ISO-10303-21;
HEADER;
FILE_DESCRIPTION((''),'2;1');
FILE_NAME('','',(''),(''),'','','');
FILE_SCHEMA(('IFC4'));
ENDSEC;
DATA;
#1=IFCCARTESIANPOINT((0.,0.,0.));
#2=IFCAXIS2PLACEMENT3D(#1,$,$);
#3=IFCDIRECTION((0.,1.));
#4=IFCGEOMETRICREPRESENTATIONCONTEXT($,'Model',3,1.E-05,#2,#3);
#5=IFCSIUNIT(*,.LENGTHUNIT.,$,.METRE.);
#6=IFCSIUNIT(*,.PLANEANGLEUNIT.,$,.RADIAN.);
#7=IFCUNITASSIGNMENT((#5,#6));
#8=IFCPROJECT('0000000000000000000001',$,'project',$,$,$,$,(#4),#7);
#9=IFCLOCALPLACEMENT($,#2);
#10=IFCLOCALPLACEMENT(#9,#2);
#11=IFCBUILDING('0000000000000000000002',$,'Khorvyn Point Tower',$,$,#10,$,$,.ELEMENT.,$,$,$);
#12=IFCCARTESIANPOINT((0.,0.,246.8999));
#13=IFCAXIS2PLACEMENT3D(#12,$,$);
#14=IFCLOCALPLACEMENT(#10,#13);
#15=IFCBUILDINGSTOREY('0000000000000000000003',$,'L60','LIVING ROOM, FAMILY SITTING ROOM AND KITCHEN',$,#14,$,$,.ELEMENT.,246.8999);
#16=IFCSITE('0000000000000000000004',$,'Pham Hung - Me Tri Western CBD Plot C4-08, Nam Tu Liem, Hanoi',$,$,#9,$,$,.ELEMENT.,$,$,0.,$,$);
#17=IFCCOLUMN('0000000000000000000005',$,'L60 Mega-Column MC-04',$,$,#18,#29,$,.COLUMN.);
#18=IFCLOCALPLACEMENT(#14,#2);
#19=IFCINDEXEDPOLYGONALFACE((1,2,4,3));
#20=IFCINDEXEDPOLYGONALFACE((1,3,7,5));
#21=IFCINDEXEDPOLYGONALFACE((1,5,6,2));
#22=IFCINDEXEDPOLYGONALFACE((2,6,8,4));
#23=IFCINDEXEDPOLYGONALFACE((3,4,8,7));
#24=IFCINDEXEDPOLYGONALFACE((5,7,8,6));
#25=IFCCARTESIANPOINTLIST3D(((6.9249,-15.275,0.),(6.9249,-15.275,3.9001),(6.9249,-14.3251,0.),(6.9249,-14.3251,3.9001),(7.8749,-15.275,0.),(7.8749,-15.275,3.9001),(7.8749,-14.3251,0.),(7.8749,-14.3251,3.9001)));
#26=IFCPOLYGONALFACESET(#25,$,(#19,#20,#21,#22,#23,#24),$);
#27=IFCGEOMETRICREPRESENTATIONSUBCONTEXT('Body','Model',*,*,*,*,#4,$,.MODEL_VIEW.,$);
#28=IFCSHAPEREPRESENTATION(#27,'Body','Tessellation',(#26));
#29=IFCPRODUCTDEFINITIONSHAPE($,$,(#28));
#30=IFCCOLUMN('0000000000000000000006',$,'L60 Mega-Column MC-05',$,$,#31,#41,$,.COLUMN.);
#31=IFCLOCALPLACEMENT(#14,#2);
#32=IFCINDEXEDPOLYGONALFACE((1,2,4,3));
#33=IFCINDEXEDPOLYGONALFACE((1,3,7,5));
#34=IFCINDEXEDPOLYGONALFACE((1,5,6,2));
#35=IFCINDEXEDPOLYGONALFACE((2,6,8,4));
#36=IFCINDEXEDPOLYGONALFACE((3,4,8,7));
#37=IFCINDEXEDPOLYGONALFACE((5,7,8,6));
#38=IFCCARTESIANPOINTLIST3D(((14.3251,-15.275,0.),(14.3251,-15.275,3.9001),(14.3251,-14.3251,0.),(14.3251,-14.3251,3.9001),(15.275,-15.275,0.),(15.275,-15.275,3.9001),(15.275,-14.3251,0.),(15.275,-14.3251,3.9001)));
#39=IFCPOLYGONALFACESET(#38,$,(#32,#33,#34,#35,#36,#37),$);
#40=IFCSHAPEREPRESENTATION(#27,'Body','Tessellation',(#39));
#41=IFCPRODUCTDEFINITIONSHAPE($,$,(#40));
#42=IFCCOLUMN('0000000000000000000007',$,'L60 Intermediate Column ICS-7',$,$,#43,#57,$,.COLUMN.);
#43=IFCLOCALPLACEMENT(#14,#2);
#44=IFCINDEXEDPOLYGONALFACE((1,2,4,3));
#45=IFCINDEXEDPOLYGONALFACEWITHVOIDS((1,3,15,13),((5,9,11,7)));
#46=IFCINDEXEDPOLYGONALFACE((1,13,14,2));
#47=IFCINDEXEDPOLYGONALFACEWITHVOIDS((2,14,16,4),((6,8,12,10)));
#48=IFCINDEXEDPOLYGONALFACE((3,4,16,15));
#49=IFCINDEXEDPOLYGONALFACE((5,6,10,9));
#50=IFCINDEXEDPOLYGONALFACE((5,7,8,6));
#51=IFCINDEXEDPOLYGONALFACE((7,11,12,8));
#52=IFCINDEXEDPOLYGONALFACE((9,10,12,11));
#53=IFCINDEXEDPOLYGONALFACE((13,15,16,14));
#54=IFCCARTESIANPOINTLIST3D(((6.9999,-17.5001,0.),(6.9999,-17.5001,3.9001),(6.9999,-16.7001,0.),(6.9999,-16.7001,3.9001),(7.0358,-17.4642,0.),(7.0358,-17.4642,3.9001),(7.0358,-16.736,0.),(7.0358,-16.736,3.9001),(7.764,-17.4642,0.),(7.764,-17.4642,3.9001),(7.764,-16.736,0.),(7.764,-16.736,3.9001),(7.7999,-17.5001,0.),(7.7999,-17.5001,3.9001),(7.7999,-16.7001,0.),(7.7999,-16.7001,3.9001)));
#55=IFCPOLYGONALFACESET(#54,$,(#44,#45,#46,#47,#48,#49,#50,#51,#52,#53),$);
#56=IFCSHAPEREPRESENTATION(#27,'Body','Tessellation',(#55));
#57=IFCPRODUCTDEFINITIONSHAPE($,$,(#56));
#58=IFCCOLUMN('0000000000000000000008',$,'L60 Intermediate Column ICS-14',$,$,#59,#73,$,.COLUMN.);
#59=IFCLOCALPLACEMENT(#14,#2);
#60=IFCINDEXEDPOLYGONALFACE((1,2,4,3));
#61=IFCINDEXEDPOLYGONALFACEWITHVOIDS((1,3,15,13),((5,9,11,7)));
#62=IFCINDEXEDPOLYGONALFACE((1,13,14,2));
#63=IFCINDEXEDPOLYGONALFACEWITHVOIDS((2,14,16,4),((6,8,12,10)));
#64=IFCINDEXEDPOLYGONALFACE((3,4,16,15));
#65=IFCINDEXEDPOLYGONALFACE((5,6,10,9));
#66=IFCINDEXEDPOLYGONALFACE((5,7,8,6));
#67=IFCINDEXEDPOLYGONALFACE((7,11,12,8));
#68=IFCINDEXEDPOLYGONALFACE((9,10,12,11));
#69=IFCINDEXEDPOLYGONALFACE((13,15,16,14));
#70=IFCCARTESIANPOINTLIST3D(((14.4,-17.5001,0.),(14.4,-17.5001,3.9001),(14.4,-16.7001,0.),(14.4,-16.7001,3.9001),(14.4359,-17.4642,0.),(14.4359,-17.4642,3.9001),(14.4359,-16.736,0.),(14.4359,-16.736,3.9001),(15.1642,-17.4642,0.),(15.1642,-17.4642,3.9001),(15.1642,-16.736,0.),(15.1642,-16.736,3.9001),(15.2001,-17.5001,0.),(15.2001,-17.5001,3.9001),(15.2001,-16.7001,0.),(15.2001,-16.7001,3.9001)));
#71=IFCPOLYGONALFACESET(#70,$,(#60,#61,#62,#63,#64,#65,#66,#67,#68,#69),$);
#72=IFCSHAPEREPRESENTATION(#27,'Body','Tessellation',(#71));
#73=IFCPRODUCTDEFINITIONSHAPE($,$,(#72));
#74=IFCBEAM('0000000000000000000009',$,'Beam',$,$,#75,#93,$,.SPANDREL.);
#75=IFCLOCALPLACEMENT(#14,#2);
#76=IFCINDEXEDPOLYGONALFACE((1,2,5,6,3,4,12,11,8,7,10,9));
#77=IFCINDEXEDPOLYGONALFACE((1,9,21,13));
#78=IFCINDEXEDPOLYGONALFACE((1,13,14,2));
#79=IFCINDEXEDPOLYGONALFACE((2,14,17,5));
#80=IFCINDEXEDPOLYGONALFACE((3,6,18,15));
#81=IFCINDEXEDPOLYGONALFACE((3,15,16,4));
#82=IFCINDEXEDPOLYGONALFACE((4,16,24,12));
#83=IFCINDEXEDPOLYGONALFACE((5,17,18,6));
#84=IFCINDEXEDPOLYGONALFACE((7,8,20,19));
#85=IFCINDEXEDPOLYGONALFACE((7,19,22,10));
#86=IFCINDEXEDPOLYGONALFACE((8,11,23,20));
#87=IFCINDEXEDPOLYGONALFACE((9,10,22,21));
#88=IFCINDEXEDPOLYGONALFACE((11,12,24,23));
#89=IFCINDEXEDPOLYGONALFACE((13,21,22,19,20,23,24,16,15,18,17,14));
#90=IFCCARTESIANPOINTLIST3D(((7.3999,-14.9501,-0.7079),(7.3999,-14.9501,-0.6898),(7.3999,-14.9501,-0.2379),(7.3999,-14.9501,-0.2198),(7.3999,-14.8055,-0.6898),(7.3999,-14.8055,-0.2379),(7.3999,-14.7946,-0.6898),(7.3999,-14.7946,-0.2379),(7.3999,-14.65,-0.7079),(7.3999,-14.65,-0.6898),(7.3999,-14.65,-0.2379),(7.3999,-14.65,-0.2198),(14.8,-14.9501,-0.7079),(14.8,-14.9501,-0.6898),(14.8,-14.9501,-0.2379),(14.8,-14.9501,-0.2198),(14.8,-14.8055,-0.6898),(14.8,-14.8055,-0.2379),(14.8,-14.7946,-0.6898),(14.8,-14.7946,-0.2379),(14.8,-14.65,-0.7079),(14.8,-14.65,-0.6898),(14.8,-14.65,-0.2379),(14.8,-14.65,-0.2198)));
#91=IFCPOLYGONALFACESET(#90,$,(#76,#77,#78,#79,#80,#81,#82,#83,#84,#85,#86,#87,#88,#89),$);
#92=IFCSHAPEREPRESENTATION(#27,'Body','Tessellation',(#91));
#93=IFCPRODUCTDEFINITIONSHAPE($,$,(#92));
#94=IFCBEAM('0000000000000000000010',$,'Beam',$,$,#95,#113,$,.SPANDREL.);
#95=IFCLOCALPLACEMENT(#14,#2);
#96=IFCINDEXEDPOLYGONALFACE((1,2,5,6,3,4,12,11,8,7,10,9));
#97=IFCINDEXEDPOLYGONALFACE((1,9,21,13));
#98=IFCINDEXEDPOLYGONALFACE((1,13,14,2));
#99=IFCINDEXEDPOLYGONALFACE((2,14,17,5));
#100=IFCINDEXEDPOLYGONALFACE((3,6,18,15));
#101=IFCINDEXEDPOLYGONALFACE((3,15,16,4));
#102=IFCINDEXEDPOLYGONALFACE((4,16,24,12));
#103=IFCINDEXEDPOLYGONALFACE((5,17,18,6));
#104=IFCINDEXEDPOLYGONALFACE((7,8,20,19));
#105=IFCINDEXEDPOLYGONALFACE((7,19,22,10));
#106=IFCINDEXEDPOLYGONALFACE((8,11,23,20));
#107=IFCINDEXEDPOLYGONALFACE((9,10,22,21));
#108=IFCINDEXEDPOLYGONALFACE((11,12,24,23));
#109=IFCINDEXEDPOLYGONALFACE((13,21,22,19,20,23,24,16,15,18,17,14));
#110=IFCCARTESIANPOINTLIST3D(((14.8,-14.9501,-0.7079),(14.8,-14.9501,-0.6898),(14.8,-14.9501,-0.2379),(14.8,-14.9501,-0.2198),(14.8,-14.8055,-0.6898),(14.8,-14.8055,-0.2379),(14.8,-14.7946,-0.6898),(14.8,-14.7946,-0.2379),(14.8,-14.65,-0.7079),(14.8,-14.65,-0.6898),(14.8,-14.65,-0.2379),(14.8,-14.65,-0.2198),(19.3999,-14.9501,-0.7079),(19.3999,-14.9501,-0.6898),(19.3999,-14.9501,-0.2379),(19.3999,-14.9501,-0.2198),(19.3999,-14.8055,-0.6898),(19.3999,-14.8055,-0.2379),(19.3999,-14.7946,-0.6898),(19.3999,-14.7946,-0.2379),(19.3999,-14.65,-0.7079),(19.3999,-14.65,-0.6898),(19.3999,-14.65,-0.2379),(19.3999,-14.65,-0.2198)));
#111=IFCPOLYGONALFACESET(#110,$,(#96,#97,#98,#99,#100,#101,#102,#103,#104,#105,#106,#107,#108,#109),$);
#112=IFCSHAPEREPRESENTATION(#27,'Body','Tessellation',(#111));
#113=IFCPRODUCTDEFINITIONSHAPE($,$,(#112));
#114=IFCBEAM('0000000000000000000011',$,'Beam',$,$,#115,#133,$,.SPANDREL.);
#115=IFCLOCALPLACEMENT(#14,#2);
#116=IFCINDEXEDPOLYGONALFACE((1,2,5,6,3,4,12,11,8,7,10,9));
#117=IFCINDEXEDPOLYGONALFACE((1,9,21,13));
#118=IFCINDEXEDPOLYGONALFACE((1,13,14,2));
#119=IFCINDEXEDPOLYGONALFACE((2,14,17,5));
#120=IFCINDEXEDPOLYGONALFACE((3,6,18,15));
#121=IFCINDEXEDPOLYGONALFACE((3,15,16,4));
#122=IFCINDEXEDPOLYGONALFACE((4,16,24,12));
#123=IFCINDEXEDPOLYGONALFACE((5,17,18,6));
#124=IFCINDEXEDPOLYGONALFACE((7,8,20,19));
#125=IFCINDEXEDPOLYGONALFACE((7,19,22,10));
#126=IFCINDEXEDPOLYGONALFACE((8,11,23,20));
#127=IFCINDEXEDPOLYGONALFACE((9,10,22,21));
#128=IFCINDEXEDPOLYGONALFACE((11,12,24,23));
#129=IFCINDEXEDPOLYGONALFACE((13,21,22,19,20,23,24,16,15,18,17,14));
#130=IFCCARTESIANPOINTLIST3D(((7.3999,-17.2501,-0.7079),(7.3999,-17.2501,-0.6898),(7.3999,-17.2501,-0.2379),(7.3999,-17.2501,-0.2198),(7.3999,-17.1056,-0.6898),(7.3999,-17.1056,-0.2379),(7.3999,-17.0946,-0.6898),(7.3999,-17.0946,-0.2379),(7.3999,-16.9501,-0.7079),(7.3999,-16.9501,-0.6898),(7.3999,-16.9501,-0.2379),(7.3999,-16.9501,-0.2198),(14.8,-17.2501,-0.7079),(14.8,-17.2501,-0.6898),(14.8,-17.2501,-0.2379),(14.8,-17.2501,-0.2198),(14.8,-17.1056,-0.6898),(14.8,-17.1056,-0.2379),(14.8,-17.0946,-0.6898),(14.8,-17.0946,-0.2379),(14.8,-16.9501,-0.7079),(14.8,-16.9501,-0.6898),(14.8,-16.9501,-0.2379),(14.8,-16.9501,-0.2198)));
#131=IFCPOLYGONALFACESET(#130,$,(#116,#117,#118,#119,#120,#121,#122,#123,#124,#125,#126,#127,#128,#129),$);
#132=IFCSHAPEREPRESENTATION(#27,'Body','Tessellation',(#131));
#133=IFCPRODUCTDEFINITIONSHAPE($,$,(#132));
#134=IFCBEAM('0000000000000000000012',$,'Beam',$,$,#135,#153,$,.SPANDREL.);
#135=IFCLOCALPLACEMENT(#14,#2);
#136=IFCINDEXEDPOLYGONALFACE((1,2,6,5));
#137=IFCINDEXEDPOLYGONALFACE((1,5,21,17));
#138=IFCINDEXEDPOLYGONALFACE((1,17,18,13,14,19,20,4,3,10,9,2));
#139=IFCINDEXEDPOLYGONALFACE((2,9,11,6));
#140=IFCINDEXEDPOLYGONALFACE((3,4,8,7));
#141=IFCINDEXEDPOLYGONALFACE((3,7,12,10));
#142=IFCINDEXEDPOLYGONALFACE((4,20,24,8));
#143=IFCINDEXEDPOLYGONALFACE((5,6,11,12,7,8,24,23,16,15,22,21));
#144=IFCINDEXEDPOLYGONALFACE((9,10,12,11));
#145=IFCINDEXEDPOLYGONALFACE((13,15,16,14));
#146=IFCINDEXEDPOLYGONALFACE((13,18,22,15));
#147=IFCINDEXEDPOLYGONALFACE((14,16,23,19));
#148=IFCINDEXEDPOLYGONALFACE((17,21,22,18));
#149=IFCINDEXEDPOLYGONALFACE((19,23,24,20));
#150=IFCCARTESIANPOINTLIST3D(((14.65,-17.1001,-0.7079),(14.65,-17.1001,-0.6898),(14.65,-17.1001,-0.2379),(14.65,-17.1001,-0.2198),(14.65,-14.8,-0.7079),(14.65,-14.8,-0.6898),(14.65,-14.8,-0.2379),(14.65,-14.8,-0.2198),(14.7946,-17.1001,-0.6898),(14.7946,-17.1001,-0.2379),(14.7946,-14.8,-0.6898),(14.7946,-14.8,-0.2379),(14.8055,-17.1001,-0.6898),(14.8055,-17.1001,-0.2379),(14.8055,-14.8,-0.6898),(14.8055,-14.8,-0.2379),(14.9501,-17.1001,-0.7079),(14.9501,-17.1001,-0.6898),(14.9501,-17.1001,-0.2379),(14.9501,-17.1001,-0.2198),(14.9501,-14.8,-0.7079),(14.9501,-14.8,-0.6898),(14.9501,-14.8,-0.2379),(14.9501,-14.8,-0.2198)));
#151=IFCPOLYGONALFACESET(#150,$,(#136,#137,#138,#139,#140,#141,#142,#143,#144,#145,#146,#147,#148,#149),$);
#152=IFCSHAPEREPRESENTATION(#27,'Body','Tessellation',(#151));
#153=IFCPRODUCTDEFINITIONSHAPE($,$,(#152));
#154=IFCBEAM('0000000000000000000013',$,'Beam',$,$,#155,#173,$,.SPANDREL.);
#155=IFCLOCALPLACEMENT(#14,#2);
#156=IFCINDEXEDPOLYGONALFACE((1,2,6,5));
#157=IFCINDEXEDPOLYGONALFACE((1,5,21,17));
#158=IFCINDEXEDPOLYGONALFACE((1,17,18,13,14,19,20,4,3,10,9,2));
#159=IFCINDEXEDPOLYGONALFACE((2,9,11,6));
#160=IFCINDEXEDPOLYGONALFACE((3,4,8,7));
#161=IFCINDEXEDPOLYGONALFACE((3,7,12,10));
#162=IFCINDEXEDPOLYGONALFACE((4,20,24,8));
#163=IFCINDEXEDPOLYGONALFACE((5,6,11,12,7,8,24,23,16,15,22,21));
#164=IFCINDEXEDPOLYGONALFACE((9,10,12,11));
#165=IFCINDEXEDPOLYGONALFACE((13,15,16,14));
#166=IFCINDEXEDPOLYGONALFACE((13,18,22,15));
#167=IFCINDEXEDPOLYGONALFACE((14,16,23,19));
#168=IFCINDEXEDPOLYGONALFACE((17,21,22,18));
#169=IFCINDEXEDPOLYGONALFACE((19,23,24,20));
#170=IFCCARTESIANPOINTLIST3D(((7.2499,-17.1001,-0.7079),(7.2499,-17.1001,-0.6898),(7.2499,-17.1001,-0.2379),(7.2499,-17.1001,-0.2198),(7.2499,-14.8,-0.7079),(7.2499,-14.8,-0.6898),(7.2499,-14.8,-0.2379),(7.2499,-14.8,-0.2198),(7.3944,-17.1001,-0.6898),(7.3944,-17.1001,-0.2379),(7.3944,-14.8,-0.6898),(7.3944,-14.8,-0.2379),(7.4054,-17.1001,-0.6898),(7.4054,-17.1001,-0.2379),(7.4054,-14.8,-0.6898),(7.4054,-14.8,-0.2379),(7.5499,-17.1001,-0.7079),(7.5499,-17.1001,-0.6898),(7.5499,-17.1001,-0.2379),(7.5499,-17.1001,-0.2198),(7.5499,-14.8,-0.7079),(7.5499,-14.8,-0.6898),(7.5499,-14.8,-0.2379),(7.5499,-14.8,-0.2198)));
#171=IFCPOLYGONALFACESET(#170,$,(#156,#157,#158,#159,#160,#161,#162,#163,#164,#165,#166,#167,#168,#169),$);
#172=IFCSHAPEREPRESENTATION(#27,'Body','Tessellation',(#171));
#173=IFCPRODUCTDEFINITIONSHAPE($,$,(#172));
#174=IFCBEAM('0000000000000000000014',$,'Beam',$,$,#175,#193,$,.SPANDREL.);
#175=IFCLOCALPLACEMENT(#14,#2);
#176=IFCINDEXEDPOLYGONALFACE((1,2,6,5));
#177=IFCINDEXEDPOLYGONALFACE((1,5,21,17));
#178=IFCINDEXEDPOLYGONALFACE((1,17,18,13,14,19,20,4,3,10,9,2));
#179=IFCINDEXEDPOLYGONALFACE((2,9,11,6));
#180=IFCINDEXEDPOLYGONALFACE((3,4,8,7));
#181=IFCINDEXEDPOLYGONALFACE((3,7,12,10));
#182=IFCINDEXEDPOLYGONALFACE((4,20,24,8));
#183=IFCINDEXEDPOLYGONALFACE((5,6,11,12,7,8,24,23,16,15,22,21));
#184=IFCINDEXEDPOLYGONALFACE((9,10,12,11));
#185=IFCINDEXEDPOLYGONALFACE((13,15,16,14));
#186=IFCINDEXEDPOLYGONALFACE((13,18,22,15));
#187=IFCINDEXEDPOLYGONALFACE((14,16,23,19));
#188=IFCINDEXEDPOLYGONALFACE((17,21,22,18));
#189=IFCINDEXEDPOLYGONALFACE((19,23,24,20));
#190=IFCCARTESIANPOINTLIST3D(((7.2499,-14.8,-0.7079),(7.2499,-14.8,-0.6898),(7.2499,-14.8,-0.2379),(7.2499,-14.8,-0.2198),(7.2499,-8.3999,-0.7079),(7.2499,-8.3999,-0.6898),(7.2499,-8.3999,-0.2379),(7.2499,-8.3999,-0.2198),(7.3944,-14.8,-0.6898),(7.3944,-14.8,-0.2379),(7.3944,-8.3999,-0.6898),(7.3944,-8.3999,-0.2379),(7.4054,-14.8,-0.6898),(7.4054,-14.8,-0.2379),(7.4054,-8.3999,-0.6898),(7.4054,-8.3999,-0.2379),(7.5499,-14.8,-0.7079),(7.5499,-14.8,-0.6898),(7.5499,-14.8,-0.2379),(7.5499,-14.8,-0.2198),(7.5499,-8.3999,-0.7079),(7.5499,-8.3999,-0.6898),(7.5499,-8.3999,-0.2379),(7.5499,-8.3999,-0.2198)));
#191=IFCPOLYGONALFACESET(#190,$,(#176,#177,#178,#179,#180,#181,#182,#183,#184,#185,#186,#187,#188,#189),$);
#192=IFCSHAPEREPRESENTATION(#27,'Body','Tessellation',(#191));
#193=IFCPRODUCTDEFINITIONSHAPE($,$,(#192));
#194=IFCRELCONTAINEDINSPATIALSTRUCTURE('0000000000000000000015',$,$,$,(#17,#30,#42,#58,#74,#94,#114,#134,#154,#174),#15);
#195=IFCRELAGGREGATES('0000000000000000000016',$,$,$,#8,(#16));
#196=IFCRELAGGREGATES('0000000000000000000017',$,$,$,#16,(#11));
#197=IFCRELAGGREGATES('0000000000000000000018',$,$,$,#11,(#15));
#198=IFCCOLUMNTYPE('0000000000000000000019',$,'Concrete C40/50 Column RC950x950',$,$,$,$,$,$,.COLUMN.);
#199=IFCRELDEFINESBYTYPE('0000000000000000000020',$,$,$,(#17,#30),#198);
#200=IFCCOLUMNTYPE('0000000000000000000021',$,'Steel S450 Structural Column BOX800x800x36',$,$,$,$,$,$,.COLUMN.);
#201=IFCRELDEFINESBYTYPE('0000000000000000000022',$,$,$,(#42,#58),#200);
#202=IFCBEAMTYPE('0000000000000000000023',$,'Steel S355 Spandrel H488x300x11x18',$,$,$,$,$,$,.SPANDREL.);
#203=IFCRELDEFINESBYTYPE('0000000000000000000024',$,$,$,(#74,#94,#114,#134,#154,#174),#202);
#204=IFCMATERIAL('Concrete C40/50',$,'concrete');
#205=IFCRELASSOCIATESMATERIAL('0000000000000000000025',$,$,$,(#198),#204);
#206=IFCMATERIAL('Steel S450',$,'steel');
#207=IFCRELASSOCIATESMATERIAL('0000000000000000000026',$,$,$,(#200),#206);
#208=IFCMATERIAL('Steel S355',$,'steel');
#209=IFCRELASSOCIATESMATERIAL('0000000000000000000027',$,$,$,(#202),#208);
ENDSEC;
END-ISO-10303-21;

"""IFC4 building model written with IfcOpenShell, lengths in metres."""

from ifc_helpers import new_model, si_unit, direction, frame, origin, origin_2d, place, context, subcontext, project, spatial, rectangle, hollow_rectangle, i_section, extrude, material, material_profile, profile_set, type_object, element, save


model = new_model("IFC4")

# Units and contexts
model_context = context("Model", 3, precision=1e-05, world=origin(), true_north=direction((0.0, 1.0)))
body_context = subcontext(model_context, "Body", "Model", "MODEL_VIEW")
ifc_project = project(units=[si_unit("LENGTHUNIT", "METRE"), si_unit("PLANEANGLEUNIT", "RADIAN")], contexts=[model_context])

# Site, building, storey
site_placement = place(None, origin())
site = spatial("IfcSite", under=ifc_project, at=site_placement, Name="Pham Hung - Me Tri Western CBD Plot C4-08, Nam Tu Liem, Hanoi", CompositionType="ELEMENT", RefElevation=0.0)
building_placement = place(site_placement, origin())
building = spatial("IfcBuilding", under=site, at=building_placement, Name="Khorvyn Point Tower", CompositionType="ELEMENT")
storey_placement = place(building_placement, frame((0.0, 0.0, 246.8999)))
storey = spatial("IfcBuildingStorey", under=building, at=storey_placement, Name="L60", Description="LIVING ROOM, FAMILY SITTING ROOM AND KITCHEN", CompositionType="ELEMENT", Elevation=246.8999)

# Columns
ifc_material_1 = material(Name="Concrete C40/50", Category="concrete")
ifc_material_profile_1 = material_profile(ifc_material_1, rectangle(XDim=0.95, YDim=0.95, at=origin_2d()))
ifc_profile_set_1 = profile_set([ifc_material_profile_1], Name="Concrete C40/50 RC950x950")
column_type_1 = type_object("IfcColumnType", Name="Concrete C40/50 Column RC950x950", PredefinedType="COLUMN", material=ifc_profile_set_1)
for number, where, z_axis, x_axis, name in (
    (1, (7.3999, -14.8, 0.0), (0.0, 0.0, 1.0), (1.0, 0.0, 0.0), "L60 Mega-Column MC-04"),
    (2, (14.8, -14.8, 0.0), (0.0, 0.0, 1.0), (1.0, 0.0, 0.0), "L60 Mega-Column MC-05"),
):
    element("IfcColumn", number, at=place(storey_placement, frame(where, z_axis=z_axis, x_axis=x_axis)), inside=storey, type_object=column_type_1, Name=name, PredefinedType="COLUMN", context=body_context, shape_type="SweptSolid", body=[
        extrude(rectangle(XDim=0.95, YDim=0.95, at=origin_2d()), origin(), (0.0, 0.0, 1.0), 3.9001),
    ])
ifc_material_2 = material(Name="Steel S450", Category="steel")
ifc_material_profile_2 = material_profile(ifc_material_2, hollow_rectangle(XDim=0.8, YDim=0.8, WallThickness=0.0359, at=origin_2d()))
ifc_profile_set_2 = profile_set([ifc_material_profile_2], Name="Steel S450 BOX800x800x36")
column_type_2 = type_object("IfcColumnType", Name="Steel S450 Structural Column BOX800x800x36", PredefinedType="COLUMN", material=ifc_profile_set_2)
for number, where, z_axis, x_axis, name in (
    (3, (7.3999, -17.1001, 0.0), (0.0, 0.0, 1.0), (1.0, 0.0, 0.0), "L60 Intermediate Column ICS-7"),
    (4, (14.8, -17.1001, 0.0), (0.0, 0.0, 1.0), (1.0, 0.0, 0.0), "L60 Intermediate Column ICS-14"),
):
    element("IfcColumn", number, at=place(storey_placement, frame(where, z_axis=z_axis, x_axis=x_axis)), inside=storey, type_object=column_type_2, Name=name, PredefinedType="COLUMN", context=body_context, shape_type="SweptSolid", body=[
        extrude(hollow_rectangle(XDim=0.8, YDim=0.8, WallThickness=0.0359, at=origin_2d()), origin(), (0.0, 0.0, 1.0), 3.9001),
    ])

# Beams
ifc_material_3 = material(Name="Steel S355", Category="steel")
ifc_material_profile_3 = material_profile(ifc_material_3, i_section(OverallWidth=0.3, OverallDepth=0.488, WebThickness=0.011, FlangeThickness=0.0181, at=origin_2d()))
ifc_profile_set_3 = profile_set([ifc_material_profile_3], Name="Steel S355 H488x300x11x18")
beam_type = type_object("IfcBeamType", Name="Steel S355 Spandrel H488x300x11x18", PredefinedType="SPANDREL", material=ifc_profile_set_3)
beam_1_placement = place(storey_placement, frame((7.3999, -14.8, -0.4639), z_axis=(1.0, 0.0, 0.0), x_axis=(0.0, 1.0, 0.0)))
element("IfcBeam", 5, at=beam_1_placement, inside=storey, type_object=beam_type, Name="Beam", PredefinedType="SPANDREL", context=body_context, shape_type="SweptSolid", body=[
    extrude(i_section(OverallWidth=0.3, OverallDepth=0.488, WebThickness=0.011, FlangeThickness=0.0181, at=origin_2d()), origin(), (0.0, 0.0, 1.0), 7.4001),
])
beam_2_placement = place(storey_placement, frame((14.8, -14.8, -0.4639), z_axis=(1.0, 0.0, 0.0), x_axis=(0.0, 1.0, 0.0)))
element("IfcBeam", 6, at=beam_2_placement, inside=storey, type_object=beam_type, Name="Beam", PredefinedType="SPANDREL", context=body_context, shape_type="SweptSolid", body=[
    extrude(i_section(OverallWidth=0.3, OverallDepth=0.488, WebThickness=0.011, FlangeThickness=0.0181, at=origin_2d()), origin(), (0.0, 0.0, 1.0), 4.5999),
])
beam_3_placement = place(storey_placement, frame((7.3999, -17.1001, -0.4639), z_axis=(1.0, 0.0, 0.0), x_axis=(0.0, 1.0, 0.0)))
element("IfcBeam", 7, at=beam_3_placement, inside=storey, type_object=beam_type, Name="Beam", PredefinedType="SPANDREL", context=body_context, shape_type="SweptSolid", body=[
    extrude(i_section(OverallWidth=0.3, OverallDepth=0.488, WebThickness=0.011, FlangeThickness=0.0181, at=origin_2d()), origin(), (0.0, 0.0, 1.0), 7.4001),
])
for number, where, z_axis, x_axis, name in (
    (8, (14.8, -17.1001, -0.4639), (0.0, 1.0, 0.0), (-1.0, 0.0, 0.0), "Beam"),
    (9, (7.3999, -17.1001, -0.4639), (0.0, 1.0, 0.0), (-1.0, 0.0, 0.0), "Beam"),
):
    element("IfcBeam", number, at=place(storey_placement, frame(where, z_axis=z_axis, x_axis=x_axis)), inside=storey, type_object=beam_type, Name=name, PredefinedType="SPANDREL", context=body_context, shape_type="SweptSolid", body=[
        extrude(i_section(OverallWidth=0.3, OverallDepth=0.488, WebThickness=0.011, FlangeThickness=0.0181, at=origin_2d()), origin(), (0.0, 0.0, 1.0), 2.3),
    ])
beam_4_placement = place(storey_placement, frame((7.3999, -14.8, -0.4639), z_axis=(0.0, 1.0, 0.0), x_axis=(-1.0, 0.0, 0.0)))
element("IfcBeam", 10, at=beam_4_placement, inside=storey, type_object=beam_type, Name="Beam", PredefinedType="SPANDREL", context=body_context, shape_type="SweptSolid", body=[
    extrude(i_section(OverallWidth=0.3, OverallDepth=0.488, WebThickness=0.011, FlangeThickness=0.0181, at=origin_2d()), origin(), (0.0, 0.0, 1.0), 6.4001),
])

save(model, "model.ifc")
